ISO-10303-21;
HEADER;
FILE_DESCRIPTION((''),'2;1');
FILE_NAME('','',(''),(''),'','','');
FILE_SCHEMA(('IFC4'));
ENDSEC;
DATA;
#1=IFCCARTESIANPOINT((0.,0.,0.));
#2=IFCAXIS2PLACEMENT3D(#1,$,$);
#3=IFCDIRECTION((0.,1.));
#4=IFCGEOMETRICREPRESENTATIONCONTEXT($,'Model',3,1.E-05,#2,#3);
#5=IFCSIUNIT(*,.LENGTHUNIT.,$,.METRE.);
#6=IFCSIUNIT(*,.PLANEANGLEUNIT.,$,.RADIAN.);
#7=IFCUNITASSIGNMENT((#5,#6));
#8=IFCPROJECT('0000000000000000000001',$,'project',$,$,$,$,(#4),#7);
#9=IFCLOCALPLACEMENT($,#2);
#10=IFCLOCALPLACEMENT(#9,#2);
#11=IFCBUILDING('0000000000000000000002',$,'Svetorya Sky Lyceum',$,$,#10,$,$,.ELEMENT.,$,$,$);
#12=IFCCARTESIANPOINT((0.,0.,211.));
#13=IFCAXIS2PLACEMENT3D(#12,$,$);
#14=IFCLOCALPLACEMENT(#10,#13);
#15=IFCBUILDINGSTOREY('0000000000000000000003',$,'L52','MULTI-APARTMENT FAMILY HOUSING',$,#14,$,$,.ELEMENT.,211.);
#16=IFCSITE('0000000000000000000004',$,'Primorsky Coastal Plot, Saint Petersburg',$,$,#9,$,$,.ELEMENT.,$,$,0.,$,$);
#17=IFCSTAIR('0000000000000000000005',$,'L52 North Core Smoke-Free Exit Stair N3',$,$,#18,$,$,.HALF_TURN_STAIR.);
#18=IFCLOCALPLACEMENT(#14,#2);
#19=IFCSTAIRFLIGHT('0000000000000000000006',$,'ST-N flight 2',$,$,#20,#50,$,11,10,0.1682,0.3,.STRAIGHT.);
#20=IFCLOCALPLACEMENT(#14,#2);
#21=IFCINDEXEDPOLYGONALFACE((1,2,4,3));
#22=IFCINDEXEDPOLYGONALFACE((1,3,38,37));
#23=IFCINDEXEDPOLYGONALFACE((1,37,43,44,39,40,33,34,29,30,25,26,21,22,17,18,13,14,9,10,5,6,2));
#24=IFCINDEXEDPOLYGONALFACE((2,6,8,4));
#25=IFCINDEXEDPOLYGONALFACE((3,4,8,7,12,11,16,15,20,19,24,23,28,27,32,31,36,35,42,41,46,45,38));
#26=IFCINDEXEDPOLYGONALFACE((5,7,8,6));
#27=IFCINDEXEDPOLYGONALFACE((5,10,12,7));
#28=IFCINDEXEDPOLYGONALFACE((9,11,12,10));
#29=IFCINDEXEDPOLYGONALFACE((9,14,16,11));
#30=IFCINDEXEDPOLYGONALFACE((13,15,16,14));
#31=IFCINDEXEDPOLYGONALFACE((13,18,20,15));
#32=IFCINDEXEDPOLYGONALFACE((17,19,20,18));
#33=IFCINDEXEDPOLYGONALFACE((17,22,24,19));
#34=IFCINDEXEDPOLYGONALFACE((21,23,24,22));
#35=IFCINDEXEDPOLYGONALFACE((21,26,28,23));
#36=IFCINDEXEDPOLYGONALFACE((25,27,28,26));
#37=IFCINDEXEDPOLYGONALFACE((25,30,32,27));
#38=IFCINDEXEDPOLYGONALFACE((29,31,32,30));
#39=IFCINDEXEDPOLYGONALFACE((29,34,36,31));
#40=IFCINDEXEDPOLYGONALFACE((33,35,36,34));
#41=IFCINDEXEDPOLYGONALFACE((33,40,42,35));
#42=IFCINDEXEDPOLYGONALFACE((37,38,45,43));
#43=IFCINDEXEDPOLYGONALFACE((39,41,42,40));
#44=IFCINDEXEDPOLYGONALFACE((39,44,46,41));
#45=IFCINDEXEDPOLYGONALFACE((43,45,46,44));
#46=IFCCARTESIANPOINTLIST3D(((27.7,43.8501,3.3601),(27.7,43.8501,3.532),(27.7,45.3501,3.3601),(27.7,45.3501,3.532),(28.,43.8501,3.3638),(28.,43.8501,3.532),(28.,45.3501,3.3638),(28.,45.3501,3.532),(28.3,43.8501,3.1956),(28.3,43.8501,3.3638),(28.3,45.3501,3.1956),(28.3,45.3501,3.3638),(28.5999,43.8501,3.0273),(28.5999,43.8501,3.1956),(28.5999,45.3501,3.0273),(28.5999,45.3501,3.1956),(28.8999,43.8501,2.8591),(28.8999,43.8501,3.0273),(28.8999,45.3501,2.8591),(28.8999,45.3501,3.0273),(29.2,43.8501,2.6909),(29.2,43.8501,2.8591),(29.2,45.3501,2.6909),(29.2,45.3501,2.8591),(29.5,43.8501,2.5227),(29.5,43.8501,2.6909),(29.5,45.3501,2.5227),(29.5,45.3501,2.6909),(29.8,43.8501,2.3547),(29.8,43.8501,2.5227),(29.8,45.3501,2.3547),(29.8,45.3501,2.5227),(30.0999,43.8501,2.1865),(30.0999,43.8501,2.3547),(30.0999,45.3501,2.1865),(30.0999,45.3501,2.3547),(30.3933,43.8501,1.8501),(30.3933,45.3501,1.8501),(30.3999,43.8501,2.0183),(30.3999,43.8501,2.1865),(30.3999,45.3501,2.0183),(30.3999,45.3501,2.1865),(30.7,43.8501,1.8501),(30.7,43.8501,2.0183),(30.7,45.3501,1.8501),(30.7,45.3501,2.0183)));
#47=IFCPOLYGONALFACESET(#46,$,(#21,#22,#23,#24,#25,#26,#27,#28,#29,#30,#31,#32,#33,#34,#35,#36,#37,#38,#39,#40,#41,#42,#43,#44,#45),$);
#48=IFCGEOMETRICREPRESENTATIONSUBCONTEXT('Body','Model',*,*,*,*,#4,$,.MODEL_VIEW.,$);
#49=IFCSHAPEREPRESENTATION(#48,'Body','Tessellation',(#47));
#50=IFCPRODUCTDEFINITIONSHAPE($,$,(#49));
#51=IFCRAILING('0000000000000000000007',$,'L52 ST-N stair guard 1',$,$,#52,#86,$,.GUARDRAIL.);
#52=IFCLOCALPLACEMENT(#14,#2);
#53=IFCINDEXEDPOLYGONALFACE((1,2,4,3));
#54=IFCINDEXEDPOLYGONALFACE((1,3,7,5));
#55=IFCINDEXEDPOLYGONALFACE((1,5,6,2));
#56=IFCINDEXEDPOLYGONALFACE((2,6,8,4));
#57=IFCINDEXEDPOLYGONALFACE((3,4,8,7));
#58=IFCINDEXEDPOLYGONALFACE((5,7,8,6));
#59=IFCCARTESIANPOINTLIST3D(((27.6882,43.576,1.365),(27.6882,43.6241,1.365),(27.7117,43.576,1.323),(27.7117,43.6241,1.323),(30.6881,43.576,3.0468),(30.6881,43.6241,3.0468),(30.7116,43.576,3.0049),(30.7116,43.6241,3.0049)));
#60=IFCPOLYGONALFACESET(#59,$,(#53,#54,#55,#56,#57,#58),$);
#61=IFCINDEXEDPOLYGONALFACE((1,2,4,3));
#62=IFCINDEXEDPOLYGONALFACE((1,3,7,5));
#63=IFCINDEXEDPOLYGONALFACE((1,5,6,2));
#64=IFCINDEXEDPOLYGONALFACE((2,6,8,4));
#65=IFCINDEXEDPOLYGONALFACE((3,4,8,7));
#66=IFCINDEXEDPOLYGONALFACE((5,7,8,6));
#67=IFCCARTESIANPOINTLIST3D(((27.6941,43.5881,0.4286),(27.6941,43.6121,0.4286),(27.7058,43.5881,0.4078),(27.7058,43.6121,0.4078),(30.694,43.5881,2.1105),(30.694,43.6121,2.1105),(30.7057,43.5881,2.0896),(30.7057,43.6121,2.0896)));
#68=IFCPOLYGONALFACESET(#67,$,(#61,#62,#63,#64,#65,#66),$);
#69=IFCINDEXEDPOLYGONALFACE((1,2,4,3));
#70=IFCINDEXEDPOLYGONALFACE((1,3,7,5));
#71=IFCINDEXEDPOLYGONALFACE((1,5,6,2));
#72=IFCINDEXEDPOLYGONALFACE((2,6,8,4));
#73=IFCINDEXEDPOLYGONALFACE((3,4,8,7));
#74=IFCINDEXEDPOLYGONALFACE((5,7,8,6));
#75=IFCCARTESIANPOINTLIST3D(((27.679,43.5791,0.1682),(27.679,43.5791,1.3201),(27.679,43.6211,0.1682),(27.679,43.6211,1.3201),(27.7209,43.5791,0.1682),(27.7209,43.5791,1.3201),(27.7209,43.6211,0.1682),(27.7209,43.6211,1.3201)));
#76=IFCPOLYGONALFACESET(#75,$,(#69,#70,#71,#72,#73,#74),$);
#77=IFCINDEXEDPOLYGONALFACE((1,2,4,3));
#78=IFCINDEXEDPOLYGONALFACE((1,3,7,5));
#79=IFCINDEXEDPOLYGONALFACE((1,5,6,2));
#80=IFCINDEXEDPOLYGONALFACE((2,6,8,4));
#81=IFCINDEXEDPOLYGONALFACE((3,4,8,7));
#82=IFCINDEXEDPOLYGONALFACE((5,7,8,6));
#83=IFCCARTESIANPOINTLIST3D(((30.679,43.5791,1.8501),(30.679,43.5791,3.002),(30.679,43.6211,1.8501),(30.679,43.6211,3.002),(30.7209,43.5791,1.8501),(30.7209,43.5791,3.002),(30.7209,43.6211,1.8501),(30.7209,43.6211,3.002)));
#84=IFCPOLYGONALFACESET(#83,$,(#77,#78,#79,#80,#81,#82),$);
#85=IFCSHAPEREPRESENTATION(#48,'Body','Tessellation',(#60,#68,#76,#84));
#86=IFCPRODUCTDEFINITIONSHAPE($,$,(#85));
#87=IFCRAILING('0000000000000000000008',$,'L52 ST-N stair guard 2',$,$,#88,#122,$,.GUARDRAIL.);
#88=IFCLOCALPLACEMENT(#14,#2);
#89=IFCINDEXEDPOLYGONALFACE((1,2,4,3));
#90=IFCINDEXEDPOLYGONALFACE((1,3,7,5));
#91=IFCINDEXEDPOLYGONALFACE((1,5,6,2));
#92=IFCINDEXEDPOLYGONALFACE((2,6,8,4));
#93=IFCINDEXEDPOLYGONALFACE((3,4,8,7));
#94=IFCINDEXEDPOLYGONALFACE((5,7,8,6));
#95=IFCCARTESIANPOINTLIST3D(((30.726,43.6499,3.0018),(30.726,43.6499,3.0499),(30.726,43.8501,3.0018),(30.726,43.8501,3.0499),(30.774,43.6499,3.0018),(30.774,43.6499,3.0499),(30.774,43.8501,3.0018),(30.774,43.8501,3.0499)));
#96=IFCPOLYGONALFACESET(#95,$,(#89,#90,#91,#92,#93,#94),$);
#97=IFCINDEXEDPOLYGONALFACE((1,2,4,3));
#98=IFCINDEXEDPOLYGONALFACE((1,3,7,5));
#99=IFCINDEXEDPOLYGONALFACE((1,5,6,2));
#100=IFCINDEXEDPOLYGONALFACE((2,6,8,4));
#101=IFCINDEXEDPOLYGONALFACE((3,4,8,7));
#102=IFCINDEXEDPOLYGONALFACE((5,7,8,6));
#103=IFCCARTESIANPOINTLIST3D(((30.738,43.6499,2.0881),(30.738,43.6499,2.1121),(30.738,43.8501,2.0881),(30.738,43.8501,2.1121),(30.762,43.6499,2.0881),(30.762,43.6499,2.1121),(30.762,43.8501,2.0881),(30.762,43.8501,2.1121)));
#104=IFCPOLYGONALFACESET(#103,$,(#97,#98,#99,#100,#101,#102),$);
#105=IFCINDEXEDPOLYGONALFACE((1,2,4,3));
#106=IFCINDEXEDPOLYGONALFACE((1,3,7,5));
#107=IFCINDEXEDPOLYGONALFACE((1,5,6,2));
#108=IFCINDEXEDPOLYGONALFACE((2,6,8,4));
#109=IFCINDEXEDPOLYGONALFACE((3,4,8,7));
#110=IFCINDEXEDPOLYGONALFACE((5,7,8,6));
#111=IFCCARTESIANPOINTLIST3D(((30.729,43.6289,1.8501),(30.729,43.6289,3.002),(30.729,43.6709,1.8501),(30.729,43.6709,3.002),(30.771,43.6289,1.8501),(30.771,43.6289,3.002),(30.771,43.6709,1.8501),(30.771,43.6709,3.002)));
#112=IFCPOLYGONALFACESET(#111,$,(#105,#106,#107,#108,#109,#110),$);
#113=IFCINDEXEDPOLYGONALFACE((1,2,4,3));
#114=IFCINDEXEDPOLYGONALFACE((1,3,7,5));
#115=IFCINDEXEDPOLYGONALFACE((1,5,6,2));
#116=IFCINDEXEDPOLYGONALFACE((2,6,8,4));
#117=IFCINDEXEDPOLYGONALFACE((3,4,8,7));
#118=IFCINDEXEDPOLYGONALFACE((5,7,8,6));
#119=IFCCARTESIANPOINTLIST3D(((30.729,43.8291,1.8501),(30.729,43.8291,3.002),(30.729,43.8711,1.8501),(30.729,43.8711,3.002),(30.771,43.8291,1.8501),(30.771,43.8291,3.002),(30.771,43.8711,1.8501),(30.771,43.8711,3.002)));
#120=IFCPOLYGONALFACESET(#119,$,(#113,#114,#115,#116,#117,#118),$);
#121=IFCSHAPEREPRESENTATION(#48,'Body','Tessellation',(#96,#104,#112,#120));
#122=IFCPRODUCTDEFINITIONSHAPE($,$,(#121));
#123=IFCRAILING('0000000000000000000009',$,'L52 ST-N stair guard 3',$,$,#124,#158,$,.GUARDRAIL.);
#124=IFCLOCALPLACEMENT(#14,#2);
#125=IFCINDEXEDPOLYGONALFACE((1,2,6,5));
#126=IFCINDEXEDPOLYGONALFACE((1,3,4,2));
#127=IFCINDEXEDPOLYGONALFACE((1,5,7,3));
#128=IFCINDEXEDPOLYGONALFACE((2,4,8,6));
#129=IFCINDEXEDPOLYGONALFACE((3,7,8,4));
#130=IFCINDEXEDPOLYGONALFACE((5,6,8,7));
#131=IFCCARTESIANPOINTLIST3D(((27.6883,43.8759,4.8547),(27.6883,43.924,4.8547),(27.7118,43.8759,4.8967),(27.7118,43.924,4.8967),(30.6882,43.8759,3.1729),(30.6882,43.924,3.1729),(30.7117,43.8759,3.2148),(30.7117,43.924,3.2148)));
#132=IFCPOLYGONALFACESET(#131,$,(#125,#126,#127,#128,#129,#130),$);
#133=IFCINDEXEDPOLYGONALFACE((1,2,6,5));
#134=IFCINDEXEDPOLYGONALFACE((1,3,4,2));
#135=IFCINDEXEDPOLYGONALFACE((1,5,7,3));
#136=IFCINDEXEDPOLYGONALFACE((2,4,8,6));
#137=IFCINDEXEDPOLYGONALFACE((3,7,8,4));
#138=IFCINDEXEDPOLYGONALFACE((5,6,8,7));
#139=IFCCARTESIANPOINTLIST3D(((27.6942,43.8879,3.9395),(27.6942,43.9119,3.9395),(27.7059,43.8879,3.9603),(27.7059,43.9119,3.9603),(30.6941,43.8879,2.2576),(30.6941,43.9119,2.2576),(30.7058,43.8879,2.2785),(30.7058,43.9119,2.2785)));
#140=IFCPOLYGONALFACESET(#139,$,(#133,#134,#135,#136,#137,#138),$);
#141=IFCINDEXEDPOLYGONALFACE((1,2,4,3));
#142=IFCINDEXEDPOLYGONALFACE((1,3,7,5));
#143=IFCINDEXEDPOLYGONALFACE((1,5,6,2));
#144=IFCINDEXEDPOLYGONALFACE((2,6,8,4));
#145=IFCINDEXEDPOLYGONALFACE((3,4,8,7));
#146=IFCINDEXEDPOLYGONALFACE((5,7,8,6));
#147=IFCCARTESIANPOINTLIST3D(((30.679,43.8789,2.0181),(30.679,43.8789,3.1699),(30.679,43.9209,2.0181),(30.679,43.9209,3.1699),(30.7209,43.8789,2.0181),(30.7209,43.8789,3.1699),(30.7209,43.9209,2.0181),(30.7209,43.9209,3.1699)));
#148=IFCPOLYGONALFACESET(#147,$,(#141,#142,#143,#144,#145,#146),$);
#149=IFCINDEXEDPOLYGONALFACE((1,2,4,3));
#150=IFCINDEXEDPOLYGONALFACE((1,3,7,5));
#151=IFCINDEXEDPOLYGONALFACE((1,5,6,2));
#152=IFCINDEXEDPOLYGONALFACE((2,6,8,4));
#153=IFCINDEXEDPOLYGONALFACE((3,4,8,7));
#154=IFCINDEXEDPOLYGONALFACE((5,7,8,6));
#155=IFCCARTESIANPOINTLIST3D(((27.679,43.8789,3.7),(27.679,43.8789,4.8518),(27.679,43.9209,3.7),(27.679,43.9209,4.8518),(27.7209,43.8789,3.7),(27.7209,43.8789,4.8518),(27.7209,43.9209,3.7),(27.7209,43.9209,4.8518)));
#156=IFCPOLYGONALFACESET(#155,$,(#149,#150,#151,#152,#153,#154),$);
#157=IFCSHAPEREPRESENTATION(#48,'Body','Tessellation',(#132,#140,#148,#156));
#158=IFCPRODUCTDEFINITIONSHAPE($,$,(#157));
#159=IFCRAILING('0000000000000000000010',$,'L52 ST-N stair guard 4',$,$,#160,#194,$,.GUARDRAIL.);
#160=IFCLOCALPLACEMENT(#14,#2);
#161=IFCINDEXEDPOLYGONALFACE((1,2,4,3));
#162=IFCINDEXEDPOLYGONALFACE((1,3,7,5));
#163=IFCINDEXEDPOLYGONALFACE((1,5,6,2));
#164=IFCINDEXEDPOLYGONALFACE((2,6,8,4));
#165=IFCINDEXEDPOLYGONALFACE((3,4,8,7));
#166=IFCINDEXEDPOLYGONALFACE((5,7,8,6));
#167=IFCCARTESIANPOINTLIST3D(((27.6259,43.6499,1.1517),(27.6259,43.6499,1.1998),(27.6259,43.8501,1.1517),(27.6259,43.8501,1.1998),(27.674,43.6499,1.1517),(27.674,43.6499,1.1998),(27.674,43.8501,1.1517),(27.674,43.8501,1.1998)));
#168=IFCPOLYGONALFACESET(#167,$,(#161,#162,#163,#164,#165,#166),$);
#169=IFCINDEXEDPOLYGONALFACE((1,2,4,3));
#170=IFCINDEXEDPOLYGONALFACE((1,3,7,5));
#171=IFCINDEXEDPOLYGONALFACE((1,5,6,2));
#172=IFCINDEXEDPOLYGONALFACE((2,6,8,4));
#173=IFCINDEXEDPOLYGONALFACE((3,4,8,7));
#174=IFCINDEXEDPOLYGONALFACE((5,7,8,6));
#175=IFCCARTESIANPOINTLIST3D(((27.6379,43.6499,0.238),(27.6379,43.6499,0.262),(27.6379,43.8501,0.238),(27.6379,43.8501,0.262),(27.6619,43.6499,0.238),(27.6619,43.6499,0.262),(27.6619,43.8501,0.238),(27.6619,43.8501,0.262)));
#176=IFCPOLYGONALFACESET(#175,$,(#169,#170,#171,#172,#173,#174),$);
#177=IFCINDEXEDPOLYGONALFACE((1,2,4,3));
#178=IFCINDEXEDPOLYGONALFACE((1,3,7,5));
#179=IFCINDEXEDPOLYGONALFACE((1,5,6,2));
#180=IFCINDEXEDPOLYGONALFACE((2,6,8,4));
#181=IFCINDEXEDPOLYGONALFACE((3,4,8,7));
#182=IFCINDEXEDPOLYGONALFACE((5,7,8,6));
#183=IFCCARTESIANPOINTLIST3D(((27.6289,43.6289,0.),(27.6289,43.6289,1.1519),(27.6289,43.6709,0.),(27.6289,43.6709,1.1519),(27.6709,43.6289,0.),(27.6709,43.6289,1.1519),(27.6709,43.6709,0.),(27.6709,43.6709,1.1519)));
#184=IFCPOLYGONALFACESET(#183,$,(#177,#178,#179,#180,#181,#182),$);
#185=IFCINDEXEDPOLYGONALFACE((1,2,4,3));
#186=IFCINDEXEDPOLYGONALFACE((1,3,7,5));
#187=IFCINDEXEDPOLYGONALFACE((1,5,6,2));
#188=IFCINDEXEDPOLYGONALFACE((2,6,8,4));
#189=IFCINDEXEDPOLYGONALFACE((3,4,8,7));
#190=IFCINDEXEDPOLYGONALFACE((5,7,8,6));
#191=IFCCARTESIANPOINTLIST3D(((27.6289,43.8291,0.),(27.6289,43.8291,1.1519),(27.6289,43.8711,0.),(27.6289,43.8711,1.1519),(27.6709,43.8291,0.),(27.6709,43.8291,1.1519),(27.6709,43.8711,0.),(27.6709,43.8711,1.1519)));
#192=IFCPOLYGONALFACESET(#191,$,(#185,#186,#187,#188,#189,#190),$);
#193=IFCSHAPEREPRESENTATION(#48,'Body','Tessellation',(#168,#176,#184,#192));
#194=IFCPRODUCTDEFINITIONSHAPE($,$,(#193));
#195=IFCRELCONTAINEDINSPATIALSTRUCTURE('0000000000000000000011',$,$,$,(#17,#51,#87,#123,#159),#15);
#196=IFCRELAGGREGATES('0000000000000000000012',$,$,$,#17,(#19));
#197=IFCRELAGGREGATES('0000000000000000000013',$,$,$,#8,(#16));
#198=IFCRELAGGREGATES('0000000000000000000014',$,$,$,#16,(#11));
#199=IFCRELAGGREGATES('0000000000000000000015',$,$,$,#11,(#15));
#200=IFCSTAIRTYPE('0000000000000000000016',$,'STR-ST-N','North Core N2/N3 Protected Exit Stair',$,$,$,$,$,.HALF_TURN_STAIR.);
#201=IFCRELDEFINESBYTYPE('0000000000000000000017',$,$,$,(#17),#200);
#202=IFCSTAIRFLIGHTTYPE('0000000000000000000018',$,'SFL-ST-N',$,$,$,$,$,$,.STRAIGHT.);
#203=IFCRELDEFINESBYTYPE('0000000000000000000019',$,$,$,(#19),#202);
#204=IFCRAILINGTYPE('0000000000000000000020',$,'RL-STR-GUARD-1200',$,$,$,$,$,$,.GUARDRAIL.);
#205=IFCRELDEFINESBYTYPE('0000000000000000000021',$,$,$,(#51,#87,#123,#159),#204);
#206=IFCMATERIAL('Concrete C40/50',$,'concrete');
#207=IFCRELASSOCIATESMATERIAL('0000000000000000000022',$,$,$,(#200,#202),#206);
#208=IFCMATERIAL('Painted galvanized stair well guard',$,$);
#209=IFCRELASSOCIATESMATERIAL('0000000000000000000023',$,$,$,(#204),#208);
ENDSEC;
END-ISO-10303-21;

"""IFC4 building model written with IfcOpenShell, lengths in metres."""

from ifc_helpers import new_model, si_unit, direction, frame, origin, origin_2d, place, context, subcontext, project, spatial, polyline, rectangle, outline, extrude, material, type_object, element, aggregate, save


model = new_model("IFC4")

# Units and contexts
model_context = context("Model", 3, precision=1e-05, world=origin(), true_north=direction((0.0, 1.0)))
body_context = subcontext(model_context, "Body", "Model", "MODEL_VIEW")
ifc_project = project(units=[si_unit("LENGTHUNIT", "METRE"), si_unit("PLANEANGLEUNIT", "RADIAN")], contexts=[model_context])

# Site, building, storey
site_placement = place(None, origin())
site = spatial("IfcSite", under=ifc_project, at=site_placement, Name="Primorsky Coastal Plot, Saint Petersburg", CompositionType="ELEMENT", RefElevation=0.0)
building_placement = place(site_placement, origin())
building = spatial("IfcBuilding", under=site, at=building_placement, Name="Svetorya Sky Lyceum", CompositionType="ELEMENT")
storey_placement = place(building_placement, frame((0.0, 0.0, 211.0)))
storey = spatial("IfcBuildingStorey", under=building, at=storey_placement, Name="L52", Description="MULTI-APARTMENT FAMILY HOUSING", CompositionType="ELEMENT", Elevation=211.0)

# Stair, stair flight
ifc_material_1 = material(Name="Concrete C40/50", Category="concrete")
stair_type = type_object("IfcStairType", Name="STR-ST-N", Description="North Core N2/N3 Protected Exit Stair", PredefinedType="HALF_TURN_STAIR", material=ifc_material_1)
stair_placement = place(storey_placement, origin())
stair = element("IfcStair", 1, at=stair_placement, inside=storey, type_object=stair_type, Name="L52 North Core Smoke-Free Exit Stair N3", PredefinedType="HALF_TURN_STAIR")
stair_flight_type = type_object("IfcStairFlightType", Name="SFL-ST-N", PredefinedType="STRAIGHT", material=ifc_material_1)
stair_flight_1_placement = place(storey_placement, frame((30.7, 44.6001, 1.8501), z_axis=(0.0, 0.0, 1.0), x_axis=(-1.0, 0.0, 0.0)))
stair_flight_1 = element("IfcStairFlight", 2, at=stair_flight_1_placement, type_object=stair_flight_type, Name="ST-N flight 2", NumberOfRisers=11, NumberOfTreads=10, PredefinedType="STRAIGHT", RiserHeight=0.1682, TreadLength=0.3, context=body_context, shape_type="SweptSolid", body=[
    extrude(outline(polyline([(0.0, 0.0), (0.0, 0.1682), (0.3, 0.1682), (0.3, 0.3364), (0.6001, 0.3364), (0.6001, 0.5046), (0.8999, 0.5046), (0.8999, 0.6726), (1.2, 0.6726), (1.2, 0.8408), (1.5, 0.8408), (1.5, 1.009), (1.8, 1.009), (1.8, 1.1772), (2.1001, 1.1772), (2.1001, 1.3455), (2.3999, 1.3455), (2.3999, 1.5137), (2.7, 1.5137), (2.7, 1.6819), (3.0, 1.6819), (3.0, 1.8501), (3.0, 1.51), (0.3066, 0.0), (0.0, 0.0)])), frame((0.0, 0.75, 0.0), z_axis=(0.0, -1.0, 0.0), x_axis=(1.0, 0.0, 0.0)), (0.0, 0.0, 1.0), 1.5),
])
aggregate(stair, [stair_flight_1])

# Railings
ifc_material_2 = material(Name="Painted galvanized stair well guard")
railing_type_1 = type_object("IfcRailingType", Name="RL-STR-GUARD-1200", PredefinedType="GUARDRAIL", material=ifc_material_2)
railing_1_placement = place(storey_placement, frame((27.7, 43.6001, 0.1682)))
element("IfcRailing", 3, at=railing_1_placement, inside=storey, type_object=railing_type_1, Name="L52 ST-N stair guard 1", PredefinedType="GUARDRAIL", context=body_context, shape_type="SweptSolid", body=[
    extrude(rectangle(XDim=0.0481, YDim=0.0481, at=origin_2d()), frame((0.0, 0.0, 1.1758), z_axis=(0.872272, 0.0, 0.48902), x_axis=(0.0, 1.0, 0.0)), (0.0, 0.0, 1.0), 3.4392),
    extrude(rectangle(XDim=0.0239, YDim=0.0239, at=origin_2d()), frame((0.0, 0.0, 0.25), z_axis=(0.872272, 0.0, 0.48902), x_axis=(0.0, 1.0, 0.0)), (0.0, 0.0, 1.0), 3.4392),
    extrude(rectangle(XDim=0.042, YDim=0.042, at=origin_2d()), origin(), (0.0, 0.0, 1.0), 1.1519),
    extrude(rectangle(XDim=0.042, YDim=0.042, at=origin_2d()), frame((3.0, 0.0, 1.6819)), (0.0, 0.0, 1.0), 1.1519),
])
railing_2_placement = place(storey_placement, frame((30.75, 43.6499, 1.8501)))
element("IfcRailing", 4, at=railing_2_placement, inside=storey, type_object=railing_type_1, Name="L52 ST-N stair guard 2", PredefinedType="GUARDRAIL", context=body_context, shape_type="SweptSolid", body=[
    extrude(rectangle(XDim=0.0481, YDim=0.0481, at=origin_2d()), frame((0.0, 0.0, 1.1758), z_axis=(0.0, 1.0, 0.0), x_axis=(-1.0, 0.0, 0.0)), (0.0, 0.0, 1.0), 0.2002),
    extrude(rectangle(XDim=0.0239, YDim=0.0239, at=origin_2d()), frame((0.0, 0.0, 0.25), z_axis=(0.0, 1.0, 0.0), x_axis=(-1.0, 0.0, 0.0)), (0.0, 0.0, 1.0), 0.2002),
    extrude(rectangle(XDim=0.042, YDim=0.042, at=origin_2d()), origin(), (0.0, 0.0, 1.0), 1.1519),
    extrude(rectangle(XDim=0.042, YDim=0.042, at=origin_2d()), frame((0.0, 0.2002, 0.0)), (0.0, 0.0, 1.0), 1.1519),
])
railing_3_placement = place(storey_placement, frame((30.7, 43.8999, 2.0181)))
element("IfcRailing", 5, at=railing_3_placement, inside=storey, type_object=railing_type_1, Name="L52 ST-N stair guard 3", PredefinedType="GUARDRAIL", context=body_context, shape_type="SweptSolid", body=[
    extrude(rectangle(XDim=0.0481, YDim=0.0481, at=origin_2d()), frame((0.0, 0.0, 1.1758), z_axis=(-0.872272, 0.0, 0.48902), x_axis=(0.0, -1.0, 0.0)), (0.0, 0.0, 1.0), 3.4392),
    extrude(rectangle(XDim=0.0239, YDim=0.0239, at=origin_2d()), frame((0.0, 0.0, 0.25), z_axis=(-0.872272, 0.0, 0.48902), x_axis=(0.0, -1.0, 0.0)), (0.0, 0.0, 1.0), 3.4392),
    extrude(rectangle(XDim=0.042, YDim=0.042, at=origin_2d()), origin(), (0.0, 0.0, 1.0), 1.1519),
    extrude(rectangle(XDim=0.042, YDim=0.042, at=origin_2d()), frame((-3.0, 0.0, 1.6819)), (0.0, 0.0, 1.0), 1.1519),
])
railing_4_placement = place(storey_placement, frame((27.6499, 43.6499, 0.0)))
element("IfcRailing", 6, at=railing_4_placement, inside=storey, type_object=railing_type_1, Name="L52 ST-N stair guard 4", PredefinedType="GUARDRAIL", context=body_context, shape_type="SweptSolid", body=[
    extrude(rectangle(XDim=0.0481, YDim=0.0481, at=origin_2d()), frame((0.0, 0.0, 1.1758), z_axis=(0.0, 1.0, 0.0), x_axis=(-1.0, 0.0, 0.0)), (0.0, 0.0, 1.0), 0.2002),
    extrude(rectangle(XDim=0.0239, YDim=0.0239, at=origin_2d()), frame((0.0, 0.0, 0.25), z_axis=(0.0, 1.0, 0.0), x_axis=(-1.0, 0.0, 0.0)), (0.0, 0.0, 1.0), 0.2002),
    extrude(rectangle(XDim=0.042, YDim=0.042, at=origin_2d()), origin(), (0.0, 0.0, 1.0), 1.1519),
    extrude(rectangle(XDim=0.042, YDim=0.042, at=origin_2d()), frame((0.0, 0.2002, 0.0)), (0.0, 0.0, 1.0), 1.1519),
])

save(model, "model.ifc")
